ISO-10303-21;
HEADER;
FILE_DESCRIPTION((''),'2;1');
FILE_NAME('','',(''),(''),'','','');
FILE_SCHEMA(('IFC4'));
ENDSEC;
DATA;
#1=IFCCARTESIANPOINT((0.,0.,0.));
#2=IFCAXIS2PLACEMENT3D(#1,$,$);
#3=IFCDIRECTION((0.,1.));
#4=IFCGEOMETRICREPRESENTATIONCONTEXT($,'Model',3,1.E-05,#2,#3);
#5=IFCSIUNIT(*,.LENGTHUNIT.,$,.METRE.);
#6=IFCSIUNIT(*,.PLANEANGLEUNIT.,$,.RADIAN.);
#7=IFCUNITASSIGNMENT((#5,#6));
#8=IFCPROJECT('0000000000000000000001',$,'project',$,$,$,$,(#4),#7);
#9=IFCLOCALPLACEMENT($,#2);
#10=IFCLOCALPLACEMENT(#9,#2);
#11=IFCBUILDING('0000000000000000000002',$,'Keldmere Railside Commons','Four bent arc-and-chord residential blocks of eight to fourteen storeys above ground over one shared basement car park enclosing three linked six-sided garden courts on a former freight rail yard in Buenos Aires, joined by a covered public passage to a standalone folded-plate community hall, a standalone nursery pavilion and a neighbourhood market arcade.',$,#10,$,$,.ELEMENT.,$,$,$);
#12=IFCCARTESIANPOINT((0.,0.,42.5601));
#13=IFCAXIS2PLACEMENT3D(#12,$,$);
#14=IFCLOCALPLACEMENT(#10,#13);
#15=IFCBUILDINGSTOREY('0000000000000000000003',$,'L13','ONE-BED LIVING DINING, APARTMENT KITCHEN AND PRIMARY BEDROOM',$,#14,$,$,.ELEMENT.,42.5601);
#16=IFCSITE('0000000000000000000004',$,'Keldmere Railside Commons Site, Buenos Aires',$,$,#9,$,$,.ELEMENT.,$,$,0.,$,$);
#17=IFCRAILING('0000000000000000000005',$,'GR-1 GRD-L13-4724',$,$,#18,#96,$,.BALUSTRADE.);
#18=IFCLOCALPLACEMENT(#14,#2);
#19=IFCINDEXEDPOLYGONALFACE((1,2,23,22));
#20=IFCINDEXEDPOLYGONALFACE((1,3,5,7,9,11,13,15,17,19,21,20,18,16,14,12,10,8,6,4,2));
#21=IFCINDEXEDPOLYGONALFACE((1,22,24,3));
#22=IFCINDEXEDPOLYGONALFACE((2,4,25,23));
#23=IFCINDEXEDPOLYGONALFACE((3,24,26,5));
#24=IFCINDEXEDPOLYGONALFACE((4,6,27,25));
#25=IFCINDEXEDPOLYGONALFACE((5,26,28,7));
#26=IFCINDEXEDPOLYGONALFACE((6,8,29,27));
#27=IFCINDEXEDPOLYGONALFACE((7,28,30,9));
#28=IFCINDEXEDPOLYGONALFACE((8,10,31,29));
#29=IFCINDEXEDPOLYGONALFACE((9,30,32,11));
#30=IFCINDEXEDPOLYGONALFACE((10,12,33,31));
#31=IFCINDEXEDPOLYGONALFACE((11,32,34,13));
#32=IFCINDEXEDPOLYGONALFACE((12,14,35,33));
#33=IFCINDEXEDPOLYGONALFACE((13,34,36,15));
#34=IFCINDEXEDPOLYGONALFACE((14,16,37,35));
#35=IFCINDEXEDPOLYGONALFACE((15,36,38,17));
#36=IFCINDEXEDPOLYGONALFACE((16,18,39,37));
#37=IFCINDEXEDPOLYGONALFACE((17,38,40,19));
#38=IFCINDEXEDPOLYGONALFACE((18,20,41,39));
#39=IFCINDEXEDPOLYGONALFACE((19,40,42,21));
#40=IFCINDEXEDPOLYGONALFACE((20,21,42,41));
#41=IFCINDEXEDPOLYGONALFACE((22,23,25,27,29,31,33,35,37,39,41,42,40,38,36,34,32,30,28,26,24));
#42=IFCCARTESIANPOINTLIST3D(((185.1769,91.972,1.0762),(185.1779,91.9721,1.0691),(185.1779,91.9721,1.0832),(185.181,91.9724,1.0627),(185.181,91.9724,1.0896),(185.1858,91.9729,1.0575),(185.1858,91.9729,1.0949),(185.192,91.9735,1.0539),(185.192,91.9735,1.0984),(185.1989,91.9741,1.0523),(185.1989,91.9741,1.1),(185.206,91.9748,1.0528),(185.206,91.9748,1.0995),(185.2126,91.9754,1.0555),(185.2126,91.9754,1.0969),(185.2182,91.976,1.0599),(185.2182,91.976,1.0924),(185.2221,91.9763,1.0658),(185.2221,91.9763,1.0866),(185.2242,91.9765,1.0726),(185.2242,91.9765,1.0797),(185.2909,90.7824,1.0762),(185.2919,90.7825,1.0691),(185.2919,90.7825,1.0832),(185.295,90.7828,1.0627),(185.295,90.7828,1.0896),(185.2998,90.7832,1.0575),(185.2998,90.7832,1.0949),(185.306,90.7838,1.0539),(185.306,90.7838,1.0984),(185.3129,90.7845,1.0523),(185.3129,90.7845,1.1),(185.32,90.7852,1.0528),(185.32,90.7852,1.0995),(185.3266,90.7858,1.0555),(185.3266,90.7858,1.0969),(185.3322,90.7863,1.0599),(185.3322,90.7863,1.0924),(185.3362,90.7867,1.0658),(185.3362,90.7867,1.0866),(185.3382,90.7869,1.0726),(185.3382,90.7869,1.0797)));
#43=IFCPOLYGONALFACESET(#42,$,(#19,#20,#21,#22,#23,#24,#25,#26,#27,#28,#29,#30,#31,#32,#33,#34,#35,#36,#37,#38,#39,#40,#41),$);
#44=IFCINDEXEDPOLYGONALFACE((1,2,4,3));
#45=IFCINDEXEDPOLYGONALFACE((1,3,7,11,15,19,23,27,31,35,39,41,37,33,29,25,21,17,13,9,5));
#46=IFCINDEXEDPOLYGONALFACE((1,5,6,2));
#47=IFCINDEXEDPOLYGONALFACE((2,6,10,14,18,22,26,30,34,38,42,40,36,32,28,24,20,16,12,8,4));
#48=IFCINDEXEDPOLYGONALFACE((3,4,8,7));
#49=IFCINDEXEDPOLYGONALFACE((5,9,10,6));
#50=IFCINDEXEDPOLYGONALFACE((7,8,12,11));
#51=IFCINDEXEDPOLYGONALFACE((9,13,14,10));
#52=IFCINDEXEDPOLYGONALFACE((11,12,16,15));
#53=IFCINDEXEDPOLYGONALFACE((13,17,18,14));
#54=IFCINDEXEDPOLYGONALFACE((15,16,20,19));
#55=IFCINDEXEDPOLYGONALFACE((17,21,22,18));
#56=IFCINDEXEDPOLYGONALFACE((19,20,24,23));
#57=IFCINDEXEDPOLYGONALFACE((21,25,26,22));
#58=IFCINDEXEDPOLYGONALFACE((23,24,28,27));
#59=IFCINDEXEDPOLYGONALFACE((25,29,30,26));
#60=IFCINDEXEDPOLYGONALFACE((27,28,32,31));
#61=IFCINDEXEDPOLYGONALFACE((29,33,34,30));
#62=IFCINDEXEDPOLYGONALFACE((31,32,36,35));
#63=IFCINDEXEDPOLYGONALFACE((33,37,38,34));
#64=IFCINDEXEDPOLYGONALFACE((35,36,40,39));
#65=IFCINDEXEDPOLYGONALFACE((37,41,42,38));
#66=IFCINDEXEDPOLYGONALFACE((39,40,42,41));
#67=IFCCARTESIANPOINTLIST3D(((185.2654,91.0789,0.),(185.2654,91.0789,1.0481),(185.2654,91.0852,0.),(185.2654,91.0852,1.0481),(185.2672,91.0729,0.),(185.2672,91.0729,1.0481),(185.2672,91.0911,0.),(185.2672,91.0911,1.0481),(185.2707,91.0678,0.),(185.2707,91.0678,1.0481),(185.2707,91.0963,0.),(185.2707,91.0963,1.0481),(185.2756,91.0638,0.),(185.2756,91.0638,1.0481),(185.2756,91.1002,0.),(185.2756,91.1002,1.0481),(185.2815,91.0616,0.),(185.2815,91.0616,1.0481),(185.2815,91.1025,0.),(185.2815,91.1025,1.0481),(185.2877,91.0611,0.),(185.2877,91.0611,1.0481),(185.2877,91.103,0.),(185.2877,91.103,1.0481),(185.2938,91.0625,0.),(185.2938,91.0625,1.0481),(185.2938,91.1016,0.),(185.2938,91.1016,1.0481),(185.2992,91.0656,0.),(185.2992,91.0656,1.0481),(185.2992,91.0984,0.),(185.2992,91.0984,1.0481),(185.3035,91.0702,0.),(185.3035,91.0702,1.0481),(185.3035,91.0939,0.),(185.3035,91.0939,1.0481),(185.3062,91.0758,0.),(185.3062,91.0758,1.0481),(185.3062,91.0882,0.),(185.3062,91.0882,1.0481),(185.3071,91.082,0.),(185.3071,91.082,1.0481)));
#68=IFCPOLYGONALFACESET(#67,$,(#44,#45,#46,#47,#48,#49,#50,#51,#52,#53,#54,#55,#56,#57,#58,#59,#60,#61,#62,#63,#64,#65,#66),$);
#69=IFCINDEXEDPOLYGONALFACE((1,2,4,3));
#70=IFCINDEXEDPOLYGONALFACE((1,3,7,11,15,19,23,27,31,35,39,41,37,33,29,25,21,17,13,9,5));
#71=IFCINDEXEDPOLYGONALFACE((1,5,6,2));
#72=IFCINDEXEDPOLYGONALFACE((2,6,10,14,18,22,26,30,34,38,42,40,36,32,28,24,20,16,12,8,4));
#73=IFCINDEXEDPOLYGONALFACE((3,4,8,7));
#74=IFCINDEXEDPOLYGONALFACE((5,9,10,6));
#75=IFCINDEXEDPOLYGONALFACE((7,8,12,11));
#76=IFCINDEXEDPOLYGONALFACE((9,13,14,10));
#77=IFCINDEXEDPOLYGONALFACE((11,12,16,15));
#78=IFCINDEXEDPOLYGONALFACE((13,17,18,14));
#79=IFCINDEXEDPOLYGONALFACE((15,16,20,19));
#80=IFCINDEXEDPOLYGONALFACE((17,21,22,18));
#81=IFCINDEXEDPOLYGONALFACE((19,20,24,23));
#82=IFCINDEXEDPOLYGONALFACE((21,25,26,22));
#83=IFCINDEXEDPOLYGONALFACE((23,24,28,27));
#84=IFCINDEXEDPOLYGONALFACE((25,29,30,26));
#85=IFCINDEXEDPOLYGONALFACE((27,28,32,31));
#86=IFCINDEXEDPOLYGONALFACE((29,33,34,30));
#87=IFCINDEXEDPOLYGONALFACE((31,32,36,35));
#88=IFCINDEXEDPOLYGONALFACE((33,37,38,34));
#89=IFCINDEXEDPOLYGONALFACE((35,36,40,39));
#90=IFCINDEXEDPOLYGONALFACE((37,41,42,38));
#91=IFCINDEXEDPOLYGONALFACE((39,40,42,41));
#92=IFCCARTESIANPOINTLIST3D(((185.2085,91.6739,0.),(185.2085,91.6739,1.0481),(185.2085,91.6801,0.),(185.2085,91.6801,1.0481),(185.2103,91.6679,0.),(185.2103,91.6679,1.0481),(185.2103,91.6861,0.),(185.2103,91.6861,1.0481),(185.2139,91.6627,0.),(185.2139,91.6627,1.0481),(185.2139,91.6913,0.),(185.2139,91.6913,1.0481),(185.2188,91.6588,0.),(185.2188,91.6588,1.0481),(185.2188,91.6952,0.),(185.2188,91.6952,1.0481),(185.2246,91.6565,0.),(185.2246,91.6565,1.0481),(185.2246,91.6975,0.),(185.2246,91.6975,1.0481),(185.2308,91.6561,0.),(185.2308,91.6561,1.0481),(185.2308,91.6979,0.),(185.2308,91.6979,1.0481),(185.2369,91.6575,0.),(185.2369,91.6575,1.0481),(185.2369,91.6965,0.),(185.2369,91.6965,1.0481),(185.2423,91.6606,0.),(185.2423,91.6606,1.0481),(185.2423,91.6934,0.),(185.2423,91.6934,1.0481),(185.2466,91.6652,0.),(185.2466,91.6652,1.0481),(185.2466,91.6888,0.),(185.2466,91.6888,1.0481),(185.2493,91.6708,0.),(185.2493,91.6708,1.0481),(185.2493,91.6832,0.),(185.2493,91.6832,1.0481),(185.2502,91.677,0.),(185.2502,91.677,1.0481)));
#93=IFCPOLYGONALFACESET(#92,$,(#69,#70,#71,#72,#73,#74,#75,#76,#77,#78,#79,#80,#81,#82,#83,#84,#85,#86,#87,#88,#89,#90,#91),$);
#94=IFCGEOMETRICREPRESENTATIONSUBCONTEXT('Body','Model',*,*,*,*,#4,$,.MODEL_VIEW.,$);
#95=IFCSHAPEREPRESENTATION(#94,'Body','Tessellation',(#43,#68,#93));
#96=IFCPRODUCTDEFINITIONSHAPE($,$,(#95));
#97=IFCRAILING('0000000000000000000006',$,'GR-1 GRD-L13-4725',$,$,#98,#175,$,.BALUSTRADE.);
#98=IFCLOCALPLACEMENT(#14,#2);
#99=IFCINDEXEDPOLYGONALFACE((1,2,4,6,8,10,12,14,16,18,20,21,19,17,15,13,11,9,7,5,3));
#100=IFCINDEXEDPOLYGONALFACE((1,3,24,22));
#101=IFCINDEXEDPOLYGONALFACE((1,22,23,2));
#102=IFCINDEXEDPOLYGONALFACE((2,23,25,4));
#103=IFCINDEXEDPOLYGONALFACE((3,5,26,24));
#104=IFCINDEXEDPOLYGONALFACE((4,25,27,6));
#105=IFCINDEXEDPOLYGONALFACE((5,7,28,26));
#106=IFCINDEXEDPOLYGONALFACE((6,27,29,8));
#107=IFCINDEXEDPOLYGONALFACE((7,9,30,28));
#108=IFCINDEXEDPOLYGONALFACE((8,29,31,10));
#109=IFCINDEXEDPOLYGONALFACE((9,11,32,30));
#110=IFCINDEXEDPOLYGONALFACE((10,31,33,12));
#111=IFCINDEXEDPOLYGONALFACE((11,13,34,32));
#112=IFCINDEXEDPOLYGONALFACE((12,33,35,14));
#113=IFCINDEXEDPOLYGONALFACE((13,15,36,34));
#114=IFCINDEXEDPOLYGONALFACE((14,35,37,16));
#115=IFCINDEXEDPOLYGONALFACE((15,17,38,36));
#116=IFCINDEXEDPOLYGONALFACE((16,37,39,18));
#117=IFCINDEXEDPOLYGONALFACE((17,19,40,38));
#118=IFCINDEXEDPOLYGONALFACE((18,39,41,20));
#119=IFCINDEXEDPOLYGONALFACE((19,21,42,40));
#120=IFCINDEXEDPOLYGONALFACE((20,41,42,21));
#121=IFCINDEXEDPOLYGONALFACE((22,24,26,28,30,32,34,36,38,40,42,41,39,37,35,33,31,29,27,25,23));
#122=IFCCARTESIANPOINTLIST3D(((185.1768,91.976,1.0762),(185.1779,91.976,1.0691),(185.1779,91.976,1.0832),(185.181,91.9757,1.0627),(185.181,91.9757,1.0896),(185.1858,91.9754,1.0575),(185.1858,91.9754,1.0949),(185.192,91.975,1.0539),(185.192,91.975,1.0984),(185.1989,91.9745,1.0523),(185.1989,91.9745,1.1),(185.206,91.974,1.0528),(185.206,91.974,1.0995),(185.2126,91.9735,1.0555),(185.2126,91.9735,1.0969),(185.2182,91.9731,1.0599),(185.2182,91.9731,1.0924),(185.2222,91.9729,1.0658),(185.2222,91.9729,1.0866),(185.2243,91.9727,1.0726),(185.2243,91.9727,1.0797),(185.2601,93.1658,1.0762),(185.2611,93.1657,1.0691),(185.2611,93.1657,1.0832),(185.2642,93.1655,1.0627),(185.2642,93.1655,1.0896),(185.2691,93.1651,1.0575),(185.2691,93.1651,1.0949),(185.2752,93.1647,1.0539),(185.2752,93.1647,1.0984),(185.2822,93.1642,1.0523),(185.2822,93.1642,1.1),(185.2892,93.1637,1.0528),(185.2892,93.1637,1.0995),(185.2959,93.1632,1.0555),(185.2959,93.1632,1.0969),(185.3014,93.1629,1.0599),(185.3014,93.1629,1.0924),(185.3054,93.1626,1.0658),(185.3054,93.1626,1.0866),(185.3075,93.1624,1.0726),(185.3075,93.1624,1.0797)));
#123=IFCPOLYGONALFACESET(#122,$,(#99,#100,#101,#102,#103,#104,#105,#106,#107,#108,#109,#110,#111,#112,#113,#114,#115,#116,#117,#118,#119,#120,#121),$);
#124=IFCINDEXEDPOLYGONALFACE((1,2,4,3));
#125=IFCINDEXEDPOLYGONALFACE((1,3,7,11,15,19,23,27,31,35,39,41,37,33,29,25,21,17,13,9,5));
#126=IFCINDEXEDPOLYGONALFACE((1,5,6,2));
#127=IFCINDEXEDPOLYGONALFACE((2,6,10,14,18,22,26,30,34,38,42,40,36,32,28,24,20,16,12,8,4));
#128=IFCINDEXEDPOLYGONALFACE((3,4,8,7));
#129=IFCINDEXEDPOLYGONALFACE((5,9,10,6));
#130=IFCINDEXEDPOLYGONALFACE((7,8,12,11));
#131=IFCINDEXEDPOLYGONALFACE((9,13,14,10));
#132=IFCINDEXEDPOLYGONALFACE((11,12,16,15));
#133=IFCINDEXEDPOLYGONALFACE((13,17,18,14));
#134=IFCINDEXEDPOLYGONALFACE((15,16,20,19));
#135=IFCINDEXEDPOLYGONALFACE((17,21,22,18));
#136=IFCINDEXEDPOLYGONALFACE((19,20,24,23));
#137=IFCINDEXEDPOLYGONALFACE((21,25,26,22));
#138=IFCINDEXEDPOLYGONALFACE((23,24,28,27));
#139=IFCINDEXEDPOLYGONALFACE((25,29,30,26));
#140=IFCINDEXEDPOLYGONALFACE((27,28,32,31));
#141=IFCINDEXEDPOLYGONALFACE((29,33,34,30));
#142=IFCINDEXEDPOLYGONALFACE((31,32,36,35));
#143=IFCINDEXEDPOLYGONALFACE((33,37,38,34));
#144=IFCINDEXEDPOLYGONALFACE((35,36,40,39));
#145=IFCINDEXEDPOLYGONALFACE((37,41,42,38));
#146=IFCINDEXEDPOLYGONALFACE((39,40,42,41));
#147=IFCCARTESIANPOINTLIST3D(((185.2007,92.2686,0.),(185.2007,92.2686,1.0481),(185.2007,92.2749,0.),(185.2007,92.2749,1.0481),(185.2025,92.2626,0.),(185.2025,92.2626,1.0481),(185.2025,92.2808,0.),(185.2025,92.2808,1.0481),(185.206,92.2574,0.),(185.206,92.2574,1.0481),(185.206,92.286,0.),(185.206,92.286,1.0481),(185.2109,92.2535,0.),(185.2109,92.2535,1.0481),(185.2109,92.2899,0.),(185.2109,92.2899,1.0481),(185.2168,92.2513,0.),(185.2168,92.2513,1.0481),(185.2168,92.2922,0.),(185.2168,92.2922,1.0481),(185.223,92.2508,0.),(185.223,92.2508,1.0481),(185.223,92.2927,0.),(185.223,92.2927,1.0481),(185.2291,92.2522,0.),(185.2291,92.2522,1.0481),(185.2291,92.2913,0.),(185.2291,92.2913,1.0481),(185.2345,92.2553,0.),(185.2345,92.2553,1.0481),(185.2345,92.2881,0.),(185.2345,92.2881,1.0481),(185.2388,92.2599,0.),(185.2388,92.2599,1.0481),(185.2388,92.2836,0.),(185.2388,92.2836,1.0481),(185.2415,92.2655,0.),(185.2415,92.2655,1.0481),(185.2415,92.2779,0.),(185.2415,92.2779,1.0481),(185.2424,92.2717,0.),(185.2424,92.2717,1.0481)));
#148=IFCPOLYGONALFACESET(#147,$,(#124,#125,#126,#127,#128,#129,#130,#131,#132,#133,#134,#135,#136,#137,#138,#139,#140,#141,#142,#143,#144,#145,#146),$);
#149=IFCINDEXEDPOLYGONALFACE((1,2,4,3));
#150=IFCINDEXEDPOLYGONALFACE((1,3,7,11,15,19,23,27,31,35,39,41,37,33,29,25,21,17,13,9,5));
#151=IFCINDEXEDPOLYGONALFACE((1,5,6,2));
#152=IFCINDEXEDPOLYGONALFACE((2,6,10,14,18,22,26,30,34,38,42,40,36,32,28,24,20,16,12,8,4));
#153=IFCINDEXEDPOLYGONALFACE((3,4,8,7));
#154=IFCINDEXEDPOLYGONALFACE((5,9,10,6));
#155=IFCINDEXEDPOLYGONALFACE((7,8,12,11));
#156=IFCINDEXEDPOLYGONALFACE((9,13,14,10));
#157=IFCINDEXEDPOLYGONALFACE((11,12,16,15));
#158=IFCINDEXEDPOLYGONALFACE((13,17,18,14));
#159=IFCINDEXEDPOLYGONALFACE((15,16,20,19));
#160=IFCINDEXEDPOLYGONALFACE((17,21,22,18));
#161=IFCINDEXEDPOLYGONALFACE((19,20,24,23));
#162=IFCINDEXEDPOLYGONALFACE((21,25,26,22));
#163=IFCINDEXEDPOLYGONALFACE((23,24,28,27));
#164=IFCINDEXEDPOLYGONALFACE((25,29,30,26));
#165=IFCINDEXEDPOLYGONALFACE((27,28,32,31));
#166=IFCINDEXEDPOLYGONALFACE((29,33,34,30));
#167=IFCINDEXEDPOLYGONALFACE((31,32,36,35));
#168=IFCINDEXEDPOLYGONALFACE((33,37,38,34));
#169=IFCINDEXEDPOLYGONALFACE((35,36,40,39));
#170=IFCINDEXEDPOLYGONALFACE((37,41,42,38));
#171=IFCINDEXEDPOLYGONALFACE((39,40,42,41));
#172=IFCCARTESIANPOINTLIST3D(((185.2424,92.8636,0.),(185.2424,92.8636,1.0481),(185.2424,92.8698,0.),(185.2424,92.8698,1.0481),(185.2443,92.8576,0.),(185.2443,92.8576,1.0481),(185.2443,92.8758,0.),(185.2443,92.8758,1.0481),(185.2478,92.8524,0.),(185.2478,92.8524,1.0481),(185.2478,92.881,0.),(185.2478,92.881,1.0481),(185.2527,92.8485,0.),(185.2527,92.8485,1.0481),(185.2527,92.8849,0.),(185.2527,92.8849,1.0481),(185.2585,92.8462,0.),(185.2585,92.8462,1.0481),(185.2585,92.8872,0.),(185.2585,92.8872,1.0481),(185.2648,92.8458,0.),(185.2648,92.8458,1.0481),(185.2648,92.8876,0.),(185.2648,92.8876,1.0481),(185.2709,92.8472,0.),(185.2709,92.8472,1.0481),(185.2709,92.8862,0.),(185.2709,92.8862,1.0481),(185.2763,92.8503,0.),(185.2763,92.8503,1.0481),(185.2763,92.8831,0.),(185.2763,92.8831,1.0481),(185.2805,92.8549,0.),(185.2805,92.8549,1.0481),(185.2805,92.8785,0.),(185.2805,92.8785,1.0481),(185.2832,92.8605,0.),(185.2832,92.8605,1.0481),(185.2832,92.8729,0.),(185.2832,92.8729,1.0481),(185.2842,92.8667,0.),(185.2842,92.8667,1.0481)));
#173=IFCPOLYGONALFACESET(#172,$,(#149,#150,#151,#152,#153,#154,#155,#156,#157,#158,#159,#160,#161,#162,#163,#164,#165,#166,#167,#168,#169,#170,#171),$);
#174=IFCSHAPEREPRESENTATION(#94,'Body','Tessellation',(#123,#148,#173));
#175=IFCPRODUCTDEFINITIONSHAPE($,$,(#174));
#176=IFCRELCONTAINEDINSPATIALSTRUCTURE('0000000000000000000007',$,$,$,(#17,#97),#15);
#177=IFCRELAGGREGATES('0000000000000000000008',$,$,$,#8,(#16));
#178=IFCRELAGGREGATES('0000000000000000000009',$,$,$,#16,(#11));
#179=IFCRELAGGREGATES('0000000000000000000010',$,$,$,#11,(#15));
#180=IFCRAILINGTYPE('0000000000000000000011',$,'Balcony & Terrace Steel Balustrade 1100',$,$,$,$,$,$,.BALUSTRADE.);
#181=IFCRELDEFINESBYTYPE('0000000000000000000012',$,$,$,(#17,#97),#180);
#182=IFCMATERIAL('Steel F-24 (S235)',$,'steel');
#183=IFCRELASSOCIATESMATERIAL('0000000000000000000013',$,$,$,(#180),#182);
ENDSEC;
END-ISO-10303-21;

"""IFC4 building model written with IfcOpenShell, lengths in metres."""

from ifc_helpers import new_model, si_unit, direction, frame, origin, origin_2d, place, context, subcontext, project, spatial, circle, extrude, material, type_object, element, save


model = new_model("IFC4")

# Units and contexts
model_context = context("Model", 3, precision=1e-05, world=origin(), true_north=direction((0.0, 1.0)))
body_context = subcontext(model_context, "Body", "Model", "MODEL_VIEW")
ifc_project = project(units=[si_unit("LENGTHUNIT", "METRE"), si_unit("PLANEANGLEUNIT", "RADIAN")], contexts=[model_context])

# Site, building, storey
site_placement = place(None, origin())
site = spatial("IfcSite", under=ifc_project, at=site_placement, Name="Keldmere Railside Commons Site, Buenos Aires", CompositionType="ELEMENT", RefElevation=0.0)
building_placement = place(site_placement, origin())
building = spatial("IfcBuilding", under=site, at=building_placement, Name="Keldmere Railside Commons", Description="Four bent arc-and-chord residential blocks of eight to fourteen storeys above ground over one shared basement car park enclosing three linked six-sided garden courts on a former freight rail yard in Buenos Aires, joined by a covered public passage to a standalone folded-plate community hall, a standalone nursery pavilion and a neighbourhood market arcade.", CompositionType="ELEMENT")
storey_placement = place(building_placement, frame((0.0, 0.0, 42.5601)))
storey = spatial("IfcBuildingStorey", under=building, at=storey_placement, Name="L13", Description="ONE-BED LIVING DINING, APARTMENT KITCHEN AND PRIMARY BEDROOM", CompositionType="ELEMENT", Elevation=42.5601)

# Railings
ifc_material_1 = material(Name="Steel F-24 (S235)", Category="steel")
railing_type = type_object("IfcRailingType", Name="Balcony & Terrace Steel Balustrade 1100", PredefinedType="BALUSTRADE", material=ifc_material_1)
railing_1_placement = place(storey_placement, frame((185.3147, 90.7847, 0.0)))
element("IfcRailing", 1, at=railing_1_placement, inside=storey, type_object=railing_type, Name="GR-1 GRD-L13-4724", PredefinedType="BALUSTRADE", context=body_context, shape_type="SweptSolid", body=[
    extrude(circle(Radius=0.0239, at=origin_2d()), frame((0.0, 0.0, 1.0762), z_axis=(-0.095397, 0.995439, 0.0), x_axis=(-0.995439, -0.095397, 0.0)), (0.0, 0.0, 1.0), 1.1951),
    extrude(circle(Radius=0.021, at=origin_2d()), frame((-0.0286, 0.2974, 0.0)), (0.0, 0.0, 1.0), 1.0481),
    extrude(circle(Radius=0.021, at=origin_2d()), frame((-0.0854, 0.8923, 0.0)), (0.0, 0.0, 1.0), 1.0481),
])
railing_2_placement = place(storey_placement, frame((185.2007, 91.9744, 0.0)))
element("IfcRailing", 2, at=railing_2_placement, inside=storey, type_object=railing_type, Name="GR-1 GRD-L13-4725", PredefinedType="BALUSTRADE", context=body_context, shape_type="SweptSolid", body=[
    extrude(circle(Radius=0.0239, at=origin_2d()), frame((0.0, 0.0, 1.0762), z_axis=(0.069807, 0.997561, 0.0), x_axis=(-0.997561, 0.069807, 0.0)), (0.0, 0.0, 1.0), 1.1926),
    extrude(circle(Radius=0.021, at=origin_2d()), frame((0.0208, 0.2974, 0.0)), (0.0, 0.0, 1.0), 1.0481),
    extrude(circle(Radius=0.021, at=origin_2d()), frame((0.0625, 0.8923, 0.0)), (0.0, 0.0, 1.0), 1.0481),
])

save(model, "model.ifc")
